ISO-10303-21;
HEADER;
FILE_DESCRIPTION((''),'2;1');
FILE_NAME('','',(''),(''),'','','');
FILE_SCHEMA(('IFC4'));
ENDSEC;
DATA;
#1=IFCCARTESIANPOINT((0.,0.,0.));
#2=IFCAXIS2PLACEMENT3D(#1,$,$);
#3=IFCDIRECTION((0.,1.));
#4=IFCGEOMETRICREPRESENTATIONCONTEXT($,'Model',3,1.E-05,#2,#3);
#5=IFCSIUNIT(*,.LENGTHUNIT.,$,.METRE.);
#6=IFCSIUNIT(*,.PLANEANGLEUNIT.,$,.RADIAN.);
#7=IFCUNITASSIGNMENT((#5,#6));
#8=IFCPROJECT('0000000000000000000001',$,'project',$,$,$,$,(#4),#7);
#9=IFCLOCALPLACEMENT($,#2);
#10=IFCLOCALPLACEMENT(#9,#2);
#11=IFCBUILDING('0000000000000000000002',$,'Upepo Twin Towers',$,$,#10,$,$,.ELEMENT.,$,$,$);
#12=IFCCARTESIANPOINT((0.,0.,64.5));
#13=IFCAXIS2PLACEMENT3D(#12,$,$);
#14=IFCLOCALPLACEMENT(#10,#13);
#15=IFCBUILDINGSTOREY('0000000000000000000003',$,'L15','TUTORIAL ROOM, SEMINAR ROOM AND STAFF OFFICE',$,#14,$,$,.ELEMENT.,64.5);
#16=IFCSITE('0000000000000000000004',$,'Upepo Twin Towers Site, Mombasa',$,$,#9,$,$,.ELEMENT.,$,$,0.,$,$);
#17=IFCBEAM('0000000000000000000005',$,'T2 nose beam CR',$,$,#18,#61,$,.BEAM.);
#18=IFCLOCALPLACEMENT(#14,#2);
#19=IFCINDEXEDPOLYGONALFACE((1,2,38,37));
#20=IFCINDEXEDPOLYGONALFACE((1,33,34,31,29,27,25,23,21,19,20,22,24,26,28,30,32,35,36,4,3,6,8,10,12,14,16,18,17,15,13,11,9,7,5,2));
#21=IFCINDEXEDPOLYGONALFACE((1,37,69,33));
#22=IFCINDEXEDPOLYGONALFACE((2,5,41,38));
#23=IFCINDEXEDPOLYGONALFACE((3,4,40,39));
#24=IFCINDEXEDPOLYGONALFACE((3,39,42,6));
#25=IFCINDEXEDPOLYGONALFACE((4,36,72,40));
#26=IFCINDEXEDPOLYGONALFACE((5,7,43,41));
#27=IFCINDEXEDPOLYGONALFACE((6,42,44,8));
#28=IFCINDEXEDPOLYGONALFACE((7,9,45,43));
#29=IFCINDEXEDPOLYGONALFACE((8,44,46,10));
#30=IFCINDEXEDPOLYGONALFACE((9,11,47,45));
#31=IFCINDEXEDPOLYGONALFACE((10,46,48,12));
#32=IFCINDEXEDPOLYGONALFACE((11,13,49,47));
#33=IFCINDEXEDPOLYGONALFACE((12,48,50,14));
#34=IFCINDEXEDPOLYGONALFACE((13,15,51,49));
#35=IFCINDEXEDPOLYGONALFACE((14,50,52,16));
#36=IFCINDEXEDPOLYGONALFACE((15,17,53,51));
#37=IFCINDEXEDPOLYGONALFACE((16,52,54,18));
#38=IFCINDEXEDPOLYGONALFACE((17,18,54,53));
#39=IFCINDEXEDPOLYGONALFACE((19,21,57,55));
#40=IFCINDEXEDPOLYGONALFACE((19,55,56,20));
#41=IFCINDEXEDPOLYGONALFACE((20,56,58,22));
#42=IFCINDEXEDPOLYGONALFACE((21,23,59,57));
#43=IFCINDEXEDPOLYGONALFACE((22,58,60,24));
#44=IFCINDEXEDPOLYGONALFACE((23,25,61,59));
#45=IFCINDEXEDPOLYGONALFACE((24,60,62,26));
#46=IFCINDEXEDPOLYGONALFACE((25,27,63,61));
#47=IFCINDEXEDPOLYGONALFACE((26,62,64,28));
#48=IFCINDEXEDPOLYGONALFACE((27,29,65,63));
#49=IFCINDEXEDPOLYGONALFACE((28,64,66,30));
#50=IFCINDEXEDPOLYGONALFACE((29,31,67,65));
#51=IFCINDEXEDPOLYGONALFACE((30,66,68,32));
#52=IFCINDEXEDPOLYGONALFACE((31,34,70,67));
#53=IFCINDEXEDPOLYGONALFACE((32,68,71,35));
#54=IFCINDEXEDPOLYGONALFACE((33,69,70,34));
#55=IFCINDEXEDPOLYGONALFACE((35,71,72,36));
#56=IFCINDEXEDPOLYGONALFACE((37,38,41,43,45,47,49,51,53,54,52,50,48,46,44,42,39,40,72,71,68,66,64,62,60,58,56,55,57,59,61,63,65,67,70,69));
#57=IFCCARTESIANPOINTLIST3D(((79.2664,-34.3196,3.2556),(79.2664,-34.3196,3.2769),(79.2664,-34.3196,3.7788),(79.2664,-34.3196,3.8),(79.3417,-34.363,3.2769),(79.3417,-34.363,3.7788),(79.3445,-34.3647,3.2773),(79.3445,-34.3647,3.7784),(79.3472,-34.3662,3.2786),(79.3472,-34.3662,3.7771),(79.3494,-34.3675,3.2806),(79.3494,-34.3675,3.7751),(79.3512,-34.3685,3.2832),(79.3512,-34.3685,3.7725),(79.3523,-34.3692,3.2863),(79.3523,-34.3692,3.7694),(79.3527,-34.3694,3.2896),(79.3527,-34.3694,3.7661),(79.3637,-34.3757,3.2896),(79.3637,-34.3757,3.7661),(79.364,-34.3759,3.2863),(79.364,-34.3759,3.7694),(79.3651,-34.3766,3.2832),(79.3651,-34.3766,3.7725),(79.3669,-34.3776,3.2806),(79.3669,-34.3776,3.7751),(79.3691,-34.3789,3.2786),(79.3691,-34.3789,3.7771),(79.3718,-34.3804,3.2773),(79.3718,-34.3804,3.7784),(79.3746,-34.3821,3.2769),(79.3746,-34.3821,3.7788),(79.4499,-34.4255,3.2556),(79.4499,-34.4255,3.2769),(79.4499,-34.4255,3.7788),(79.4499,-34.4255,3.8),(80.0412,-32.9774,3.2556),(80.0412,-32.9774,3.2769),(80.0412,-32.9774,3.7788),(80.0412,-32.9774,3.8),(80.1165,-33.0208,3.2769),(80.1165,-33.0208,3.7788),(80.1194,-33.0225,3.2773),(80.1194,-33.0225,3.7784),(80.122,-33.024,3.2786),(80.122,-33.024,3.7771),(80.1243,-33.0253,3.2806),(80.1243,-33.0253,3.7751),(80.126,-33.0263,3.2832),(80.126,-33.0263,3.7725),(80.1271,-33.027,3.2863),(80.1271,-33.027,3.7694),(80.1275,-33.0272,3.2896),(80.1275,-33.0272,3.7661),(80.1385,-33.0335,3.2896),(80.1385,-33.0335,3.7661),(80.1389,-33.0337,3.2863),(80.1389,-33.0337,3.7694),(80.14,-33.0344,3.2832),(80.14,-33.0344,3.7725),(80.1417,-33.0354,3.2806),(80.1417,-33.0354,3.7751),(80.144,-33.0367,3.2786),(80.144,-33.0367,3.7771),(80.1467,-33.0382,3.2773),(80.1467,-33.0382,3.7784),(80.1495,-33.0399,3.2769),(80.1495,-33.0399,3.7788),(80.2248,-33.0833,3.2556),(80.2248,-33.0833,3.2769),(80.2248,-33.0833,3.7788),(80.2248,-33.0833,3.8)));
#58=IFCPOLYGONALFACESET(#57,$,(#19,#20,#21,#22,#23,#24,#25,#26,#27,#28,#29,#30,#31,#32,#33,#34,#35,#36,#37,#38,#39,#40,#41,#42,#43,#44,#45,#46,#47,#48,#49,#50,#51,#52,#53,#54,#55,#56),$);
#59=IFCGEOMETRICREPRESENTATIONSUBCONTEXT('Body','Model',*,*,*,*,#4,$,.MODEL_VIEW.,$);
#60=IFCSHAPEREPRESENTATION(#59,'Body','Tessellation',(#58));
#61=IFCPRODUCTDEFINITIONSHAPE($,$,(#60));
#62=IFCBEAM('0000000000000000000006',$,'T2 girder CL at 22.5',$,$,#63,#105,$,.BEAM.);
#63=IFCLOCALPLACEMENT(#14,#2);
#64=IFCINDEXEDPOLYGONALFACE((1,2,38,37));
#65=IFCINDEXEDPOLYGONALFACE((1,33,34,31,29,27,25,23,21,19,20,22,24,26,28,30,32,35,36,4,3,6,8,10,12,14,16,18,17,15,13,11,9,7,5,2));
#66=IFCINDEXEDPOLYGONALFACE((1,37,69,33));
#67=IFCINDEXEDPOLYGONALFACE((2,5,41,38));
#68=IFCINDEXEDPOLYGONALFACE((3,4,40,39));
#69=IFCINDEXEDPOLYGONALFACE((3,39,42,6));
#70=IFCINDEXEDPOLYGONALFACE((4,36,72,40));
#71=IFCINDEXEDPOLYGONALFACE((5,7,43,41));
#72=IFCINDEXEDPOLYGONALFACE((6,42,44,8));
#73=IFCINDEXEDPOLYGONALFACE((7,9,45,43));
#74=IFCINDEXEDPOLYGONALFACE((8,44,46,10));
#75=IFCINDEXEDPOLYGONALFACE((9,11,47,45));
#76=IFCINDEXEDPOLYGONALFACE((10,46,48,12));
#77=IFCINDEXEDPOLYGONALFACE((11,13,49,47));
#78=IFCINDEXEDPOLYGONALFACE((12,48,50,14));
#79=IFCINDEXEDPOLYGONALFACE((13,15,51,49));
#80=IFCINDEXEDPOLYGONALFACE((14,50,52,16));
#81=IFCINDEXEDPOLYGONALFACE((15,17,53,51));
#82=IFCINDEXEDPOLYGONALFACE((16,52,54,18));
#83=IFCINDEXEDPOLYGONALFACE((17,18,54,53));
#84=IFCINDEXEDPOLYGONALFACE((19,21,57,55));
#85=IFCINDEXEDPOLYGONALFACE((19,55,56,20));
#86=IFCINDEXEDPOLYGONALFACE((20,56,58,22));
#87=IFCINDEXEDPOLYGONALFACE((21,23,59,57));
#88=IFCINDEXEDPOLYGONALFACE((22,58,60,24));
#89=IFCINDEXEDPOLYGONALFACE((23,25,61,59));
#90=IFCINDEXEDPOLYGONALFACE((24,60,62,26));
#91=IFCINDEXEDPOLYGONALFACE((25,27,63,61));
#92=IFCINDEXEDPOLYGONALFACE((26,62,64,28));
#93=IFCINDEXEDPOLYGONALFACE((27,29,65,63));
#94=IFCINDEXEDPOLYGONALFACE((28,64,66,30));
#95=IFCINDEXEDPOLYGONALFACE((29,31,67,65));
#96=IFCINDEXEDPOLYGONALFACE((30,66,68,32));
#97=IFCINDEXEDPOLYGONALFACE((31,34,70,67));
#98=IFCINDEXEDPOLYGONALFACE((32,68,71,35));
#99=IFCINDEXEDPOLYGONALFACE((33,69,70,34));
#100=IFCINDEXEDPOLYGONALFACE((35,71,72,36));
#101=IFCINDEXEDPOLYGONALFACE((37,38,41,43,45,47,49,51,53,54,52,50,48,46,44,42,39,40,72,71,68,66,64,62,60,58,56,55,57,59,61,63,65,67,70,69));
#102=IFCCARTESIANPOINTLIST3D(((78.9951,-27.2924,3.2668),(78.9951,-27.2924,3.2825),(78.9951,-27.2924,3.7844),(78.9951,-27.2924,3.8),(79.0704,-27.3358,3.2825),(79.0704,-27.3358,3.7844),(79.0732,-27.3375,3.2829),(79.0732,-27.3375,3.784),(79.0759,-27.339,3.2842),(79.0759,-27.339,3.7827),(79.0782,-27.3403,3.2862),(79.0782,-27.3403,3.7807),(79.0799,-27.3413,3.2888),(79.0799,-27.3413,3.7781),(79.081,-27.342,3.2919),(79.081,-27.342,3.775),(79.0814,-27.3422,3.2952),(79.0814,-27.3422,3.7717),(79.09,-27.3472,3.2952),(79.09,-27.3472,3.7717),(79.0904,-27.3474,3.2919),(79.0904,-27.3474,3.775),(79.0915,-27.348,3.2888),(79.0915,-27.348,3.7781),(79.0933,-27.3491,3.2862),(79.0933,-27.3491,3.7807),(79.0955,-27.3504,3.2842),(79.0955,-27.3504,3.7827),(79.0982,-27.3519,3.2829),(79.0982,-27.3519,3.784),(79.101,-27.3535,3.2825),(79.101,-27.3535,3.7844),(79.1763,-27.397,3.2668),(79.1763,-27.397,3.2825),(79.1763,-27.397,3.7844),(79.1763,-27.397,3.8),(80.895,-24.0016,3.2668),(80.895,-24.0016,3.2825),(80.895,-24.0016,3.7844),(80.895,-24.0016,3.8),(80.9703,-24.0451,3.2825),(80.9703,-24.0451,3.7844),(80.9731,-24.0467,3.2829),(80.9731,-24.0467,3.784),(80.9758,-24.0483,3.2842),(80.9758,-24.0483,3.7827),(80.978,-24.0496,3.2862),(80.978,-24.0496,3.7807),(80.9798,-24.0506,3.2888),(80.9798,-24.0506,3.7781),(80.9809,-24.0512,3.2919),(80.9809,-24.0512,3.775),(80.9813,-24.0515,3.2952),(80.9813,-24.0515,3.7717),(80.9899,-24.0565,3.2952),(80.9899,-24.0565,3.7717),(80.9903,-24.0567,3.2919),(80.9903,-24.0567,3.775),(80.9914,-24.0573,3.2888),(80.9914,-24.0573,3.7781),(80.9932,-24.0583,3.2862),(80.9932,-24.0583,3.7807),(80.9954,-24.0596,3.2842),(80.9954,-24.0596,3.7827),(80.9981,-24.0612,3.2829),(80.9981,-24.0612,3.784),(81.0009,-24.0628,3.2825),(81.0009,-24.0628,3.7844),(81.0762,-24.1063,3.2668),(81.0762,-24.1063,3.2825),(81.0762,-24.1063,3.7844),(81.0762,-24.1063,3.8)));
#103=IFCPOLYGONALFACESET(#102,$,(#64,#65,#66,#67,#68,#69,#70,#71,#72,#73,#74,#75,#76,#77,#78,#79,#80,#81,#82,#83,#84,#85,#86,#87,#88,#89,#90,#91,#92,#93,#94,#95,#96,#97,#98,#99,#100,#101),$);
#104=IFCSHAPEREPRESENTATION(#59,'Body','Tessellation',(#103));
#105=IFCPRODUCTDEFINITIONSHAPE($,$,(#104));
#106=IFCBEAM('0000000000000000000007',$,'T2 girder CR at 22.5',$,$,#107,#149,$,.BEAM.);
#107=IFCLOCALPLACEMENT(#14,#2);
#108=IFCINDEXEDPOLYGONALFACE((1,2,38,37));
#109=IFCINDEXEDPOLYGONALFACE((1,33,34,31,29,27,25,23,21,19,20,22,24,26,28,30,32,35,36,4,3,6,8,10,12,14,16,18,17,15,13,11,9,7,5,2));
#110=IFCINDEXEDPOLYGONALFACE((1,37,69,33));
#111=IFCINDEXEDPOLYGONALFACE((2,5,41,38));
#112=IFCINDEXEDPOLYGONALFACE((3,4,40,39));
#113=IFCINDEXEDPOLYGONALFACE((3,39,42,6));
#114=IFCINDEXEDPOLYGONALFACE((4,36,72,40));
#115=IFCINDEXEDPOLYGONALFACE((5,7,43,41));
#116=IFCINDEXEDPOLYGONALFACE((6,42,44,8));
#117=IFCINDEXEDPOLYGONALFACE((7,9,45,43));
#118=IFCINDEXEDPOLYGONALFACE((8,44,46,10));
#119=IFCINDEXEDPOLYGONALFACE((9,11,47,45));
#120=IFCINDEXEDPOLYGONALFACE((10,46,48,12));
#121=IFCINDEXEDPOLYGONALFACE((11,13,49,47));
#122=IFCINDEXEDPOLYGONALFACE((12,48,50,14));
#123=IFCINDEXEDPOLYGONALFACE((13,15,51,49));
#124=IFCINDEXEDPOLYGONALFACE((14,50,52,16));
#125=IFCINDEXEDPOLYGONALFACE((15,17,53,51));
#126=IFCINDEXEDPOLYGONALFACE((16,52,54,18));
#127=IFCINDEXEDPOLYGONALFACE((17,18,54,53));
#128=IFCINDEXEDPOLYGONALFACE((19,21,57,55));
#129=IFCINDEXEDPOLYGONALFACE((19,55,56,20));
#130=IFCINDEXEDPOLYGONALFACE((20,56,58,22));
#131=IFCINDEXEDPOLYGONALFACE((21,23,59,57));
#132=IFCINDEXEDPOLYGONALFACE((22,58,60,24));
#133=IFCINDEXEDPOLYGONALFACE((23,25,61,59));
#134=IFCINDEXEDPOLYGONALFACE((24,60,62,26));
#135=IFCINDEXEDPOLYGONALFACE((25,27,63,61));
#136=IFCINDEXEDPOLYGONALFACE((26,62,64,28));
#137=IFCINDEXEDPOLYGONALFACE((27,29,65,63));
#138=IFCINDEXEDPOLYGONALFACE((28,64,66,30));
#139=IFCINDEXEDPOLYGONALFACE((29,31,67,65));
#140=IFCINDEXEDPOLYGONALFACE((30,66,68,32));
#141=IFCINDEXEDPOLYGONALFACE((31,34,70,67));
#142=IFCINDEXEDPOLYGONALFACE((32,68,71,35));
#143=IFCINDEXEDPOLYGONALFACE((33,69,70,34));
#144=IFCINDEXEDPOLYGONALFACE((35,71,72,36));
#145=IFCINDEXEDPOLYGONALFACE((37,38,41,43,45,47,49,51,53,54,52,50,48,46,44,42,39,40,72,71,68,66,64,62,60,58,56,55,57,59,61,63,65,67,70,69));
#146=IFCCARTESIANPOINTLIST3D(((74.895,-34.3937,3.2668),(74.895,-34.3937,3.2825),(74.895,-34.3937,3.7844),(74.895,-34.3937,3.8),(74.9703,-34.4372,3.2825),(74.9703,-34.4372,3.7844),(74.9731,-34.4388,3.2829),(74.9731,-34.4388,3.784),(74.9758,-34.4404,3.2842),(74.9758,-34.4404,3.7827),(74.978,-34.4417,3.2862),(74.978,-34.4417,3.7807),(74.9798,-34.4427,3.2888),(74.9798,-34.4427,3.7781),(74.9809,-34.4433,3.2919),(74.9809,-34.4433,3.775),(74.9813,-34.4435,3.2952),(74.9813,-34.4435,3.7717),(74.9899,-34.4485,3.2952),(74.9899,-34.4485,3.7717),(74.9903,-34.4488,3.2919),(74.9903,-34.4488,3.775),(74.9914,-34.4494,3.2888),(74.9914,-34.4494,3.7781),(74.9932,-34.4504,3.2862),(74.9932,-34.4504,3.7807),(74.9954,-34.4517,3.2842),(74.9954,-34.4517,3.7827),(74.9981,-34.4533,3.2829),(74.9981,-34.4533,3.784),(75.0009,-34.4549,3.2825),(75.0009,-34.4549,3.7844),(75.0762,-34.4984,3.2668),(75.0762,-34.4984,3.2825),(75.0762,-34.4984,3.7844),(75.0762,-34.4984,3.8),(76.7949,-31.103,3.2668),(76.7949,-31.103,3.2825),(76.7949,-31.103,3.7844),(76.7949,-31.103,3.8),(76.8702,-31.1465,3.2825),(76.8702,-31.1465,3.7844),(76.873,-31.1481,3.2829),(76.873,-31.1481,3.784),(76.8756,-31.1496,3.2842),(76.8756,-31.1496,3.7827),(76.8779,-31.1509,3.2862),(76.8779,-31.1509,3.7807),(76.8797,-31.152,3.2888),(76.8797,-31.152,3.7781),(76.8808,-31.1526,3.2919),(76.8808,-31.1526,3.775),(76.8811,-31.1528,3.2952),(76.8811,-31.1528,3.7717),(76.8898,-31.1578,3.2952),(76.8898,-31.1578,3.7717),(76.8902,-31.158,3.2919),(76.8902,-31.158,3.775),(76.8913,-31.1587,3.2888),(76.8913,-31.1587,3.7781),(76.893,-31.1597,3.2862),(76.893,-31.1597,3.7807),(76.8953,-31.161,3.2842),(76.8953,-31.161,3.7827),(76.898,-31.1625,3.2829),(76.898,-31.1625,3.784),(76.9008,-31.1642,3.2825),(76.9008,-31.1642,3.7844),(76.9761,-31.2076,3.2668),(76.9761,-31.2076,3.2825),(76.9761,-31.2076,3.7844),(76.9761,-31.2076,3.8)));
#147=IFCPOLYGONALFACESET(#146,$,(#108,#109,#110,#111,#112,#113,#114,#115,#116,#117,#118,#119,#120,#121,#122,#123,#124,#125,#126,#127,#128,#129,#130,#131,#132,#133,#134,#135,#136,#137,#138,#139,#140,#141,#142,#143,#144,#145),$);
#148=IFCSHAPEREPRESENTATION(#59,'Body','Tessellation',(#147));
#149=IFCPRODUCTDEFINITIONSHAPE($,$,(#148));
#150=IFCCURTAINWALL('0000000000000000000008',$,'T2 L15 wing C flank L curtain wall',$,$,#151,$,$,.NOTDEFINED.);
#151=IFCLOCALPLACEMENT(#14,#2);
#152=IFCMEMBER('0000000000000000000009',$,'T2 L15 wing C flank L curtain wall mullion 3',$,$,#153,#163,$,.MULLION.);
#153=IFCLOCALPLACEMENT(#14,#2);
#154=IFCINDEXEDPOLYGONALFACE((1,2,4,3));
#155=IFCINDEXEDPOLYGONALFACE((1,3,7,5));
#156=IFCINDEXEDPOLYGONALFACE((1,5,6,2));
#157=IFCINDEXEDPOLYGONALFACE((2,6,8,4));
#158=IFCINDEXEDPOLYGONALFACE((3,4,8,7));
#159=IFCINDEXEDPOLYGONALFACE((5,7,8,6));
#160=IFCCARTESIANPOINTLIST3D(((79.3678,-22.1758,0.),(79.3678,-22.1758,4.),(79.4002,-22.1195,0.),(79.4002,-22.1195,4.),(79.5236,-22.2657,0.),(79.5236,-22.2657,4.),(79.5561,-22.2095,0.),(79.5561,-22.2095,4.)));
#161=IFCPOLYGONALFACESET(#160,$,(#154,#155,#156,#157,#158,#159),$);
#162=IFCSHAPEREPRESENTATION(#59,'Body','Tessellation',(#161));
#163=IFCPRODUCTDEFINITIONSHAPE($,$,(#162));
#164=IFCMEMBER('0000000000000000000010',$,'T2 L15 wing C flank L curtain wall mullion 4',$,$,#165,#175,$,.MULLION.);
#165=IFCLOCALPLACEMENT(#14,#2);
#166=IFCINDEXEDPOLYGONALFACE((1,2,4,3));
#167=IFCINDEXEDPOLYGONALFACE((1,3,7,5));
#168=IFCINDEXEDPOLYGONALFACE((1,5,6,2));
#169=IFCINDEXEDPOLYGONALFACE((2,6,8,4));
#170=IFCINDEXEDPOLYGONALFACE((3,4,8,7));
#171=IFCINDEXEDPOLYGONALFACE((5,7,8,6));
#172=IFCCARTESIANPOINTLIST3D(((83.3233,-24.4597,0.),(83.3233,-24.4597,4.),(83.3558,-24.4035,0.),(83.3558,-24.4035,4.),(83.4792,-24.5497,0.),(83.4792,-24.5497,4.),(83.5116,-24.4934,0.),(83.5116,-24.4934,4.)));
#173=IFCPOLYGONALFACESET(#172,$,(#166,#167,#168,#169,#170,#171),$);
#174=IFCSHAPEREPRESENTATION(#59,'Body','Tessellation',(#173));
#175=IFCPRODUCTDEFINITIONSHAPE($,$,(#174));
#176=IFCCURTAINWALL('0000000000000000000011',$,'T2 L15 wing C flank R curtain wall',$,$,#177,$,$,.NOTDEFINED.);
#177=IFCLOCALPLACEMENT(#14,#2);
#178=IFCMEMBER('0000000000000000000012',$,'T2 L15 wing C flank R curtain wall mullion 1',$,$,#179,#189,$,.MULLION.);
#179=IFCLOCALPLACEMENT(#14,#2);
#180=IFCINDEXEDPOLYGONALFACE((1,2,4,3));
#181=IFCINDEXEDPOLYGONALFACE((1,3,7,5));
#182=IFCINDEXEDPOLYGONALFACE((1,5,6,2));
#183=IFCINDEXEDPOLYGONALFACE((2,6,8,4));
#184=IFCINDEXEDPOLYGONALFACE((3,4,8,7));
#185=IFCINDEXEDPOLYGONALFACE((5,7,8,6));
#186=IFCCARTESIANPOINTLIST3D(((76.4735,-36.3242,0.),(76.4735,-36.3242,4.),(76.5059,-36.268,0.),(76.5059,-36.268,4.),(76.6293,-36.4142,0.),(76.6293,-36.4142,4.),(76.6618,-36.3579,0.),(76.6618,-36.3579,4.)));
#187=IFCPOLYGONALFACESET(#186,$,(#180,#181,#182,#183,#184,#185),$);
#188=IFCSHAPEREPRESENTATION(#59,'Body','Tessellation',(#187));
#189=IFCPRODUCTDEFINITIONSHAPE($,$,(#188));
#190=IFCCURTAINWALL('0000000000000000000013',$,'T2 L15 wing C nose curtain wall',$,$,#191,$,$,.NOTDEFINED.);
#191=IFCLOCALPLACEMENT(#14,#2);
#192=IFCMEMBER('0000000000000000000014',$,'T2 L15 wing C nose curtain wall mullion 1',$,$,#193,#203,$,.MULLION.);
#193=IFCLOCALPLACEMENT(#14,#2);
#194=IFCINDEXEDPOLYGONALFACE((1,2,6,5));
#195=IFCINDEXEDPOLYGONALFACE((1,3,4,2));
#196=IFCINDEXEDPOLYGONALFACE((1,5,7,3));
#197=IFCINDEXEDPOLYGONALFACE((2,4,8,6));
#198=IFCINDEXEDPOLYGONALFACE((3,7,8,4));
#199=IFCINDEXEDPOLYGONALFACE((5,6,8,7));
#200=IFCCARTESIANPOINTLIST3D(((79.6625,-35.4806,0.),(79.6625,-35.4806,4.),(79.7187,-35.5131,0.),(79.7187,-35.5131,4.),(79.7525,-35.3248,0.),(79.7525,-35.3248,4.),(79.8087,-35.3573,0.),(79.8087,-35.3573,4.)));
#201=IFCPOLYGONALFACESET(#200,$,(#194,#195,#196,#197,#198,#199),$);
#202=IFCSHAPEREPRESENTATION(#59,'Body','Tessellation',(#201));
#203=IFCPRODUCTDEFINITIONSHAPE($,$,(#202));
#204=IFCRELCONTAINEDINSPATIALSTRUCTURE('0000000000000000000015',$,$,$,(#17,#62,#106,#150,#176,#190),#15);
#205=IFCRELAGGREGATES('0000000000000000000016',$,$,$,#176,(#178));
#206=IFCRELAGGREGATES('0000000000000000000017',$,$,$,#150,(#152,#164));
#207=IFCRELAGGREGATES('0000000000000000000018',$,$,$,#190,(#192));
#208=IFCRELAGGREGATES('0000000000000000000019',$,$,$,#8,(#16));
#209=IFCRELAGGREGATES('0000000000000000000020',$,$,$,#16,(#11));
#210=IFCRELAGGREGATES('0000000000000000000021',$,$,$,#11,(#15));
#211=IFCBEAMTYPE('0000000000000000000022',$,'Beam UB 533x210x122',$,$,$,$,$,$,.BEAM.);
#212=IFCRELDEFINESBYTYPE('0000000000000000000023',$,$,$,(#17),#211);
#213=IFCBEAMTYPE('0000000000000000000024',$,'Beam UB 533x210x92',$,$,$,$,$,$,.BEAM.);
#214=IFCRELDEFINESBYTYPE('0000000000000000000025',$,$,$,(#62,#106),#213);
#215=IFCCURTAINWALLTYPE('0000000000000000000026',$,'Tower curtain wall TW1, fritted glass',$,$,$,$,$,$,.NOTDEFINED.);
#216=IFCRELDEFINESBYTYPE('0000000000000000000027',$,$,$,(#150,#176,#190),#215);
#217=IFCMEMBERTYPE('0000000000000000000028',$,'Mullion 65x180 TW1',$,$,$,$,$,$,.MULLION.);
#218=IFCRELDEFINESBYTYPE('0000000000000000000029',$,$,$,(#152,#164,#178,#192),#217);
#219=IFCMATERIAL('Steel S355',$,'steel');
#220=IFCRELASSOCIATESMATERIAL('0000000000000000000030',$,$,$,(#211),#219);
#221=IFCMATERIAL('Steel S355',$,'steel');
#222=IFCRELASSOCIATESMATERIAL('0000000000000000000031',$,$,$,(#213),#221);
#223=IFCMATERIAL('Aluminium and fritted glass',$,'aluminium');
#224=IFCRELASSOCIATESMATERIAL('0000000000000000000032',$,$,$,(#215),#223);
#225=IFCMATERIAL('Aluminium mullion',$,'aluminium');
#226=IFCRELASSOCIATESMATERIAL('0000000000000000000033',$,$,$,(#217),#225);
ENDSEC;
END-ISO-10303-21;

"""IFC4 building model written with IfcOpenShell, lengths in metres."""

from ifc_helpers import new_model, si_unit, direction, frame, origin, origin_2d, place, context, subcontext, project, spatial, rectangle, i_section, extrude, material, material_profile, profile_set, type_object, element, aggregate, save


model = new_model("IFC4")

# Units and contexts
model_context = context("Model", 3, precision=1e-05, world=origin(), true_north=direction((0.0, 1.0)))
body_context = subcontext(model_context, "Body", "Model", "MODEL_VIEW")
ifc_project = project(units=[si_unit("LENGTHUNIT", "METRE"), si_unit("PLANEANGLEUNIT", "RADIAN")], contexts=[model_context])

# Site, building, storey
site_placement = place(None, origin())
site = spatial("IfcSite", under=ifc_project, at=site_placement, Name="Upepo Twin Towers Site, Mombasa", CompositionType="ELEMENT", RefElevation=0.0)
building_placement = place(site_placement, origin())
building = spatial("IfcBuilding", under=site, at=building_placement, Name="Upepo Twin Towers", CompositionType="ELEMENT")
storey_placement = place(building_placement, frame((0.0, 0.0, 64.5)))
storey = spatial("IfcBuildingStorey", under=building, at=storey_placement, Name="L15", Description="TUTORIAL ROOM, SEMINAR ROOM AND STAFF OFFICE", CompositionType="ELEMENT", Elevation=64.5)

# Beams
ifc_material_1 = material(Name="Steel S355", Category="steel")
ifc_material_profile_1 = material_profile(ifc_material_1, i_section(OverallWidth=0.2119, OverallDepth=0.5444, WebThickness=0.0127, FlangeThickness=0.0212, FilletRadius=0.0127, at=origin_2d()), Name="UB 533x210x122")
ifc_profile_set_1 = profile_set([ifc_material_profile_1], Name="Steel S355")
beam_type_1 = type_object("IfcBeamType", Name="Beam UB 533x210x122", PredefinedType="BEAM", material=ifc_profile_set_1)
for number, where, z_axis, x_axis, name in (
    (1, (79.3582, -34.3726, 3.5278), (0.499968, 0.866044, 0.0), (-0.866044, 0.499968, 0.0), "T2 nose beam CR"),
):
    element("IfcBeam", number, at=place(storey_placement, frame(where, z_axis=z_axis, x_axis=x_axis)), inside=storey, type_object=beam_type_1, Name=name, PredefinedType="BEAM", context=body_context, shape_type="SweptSolid", body=[
        extrude(i_section(OverallWidth=0.2119, OverallDepth=0.5444, WebThickness=0.0127, FlangeThickness=0.0212, FilletRadius=0.0127, at=origin_2d()), origin(), (0.0, 0.0, 1.0), 1.5498),
    ])
ifc_material_2 = material(Name="Steel S355", Category="steel")
ifc_material_profile_2 = material_profile(ifc_material_2, i_section(OverallWidth=0.2092, OverallDepth=0.5332, WebThickness=0.01, FlangeThickness=0.0156, FilletRadius=0.0127, at=origin_2d()), Name="UB 533x210x92")
ifc_profile_set_2 = profile_set([ifc_material_profile_2], Name="Steel S355")
beam_type_2 = type_object("IfcBeamType", Name="Beam UB 533x210x92", PredefinedType="BEAM", material=ifc_profile_set_2)
for number, where, z_axis, x_axis, name in (
    (2, (80.9856, -24.054, 3.5334), (-0.499995, -0.866028, 0.0), (0.866028, -0.499995, 0.0), "T2 girder CL at 22.5"),
    (3, (74.9856, -34.446, 3.5334), (0.499995, 0.866028, 0.0), (-0.866028, 0.499995, 0.0), "T2 girder CR at 22.5"),
):
    element("IfcBeam", number, at=place(storey_placement, frame(where, z_axis=z_axis, x_axis=x_axis)), inside=storey, type_object=beam_type_2, Name=name, PredefinedType="BEAM", context=body_context, shape_type="SweptSolid", body=[
        extrude(i_section(OverallWidth=0.2092, OverallDepth=0.5332, WebThickness=0.01, FlangeThickness=0.0156, FilletRadius=0.0127, at=origin_2d()), origin(), (0.0, 0.0, 1.0), 3.7998),
    ])

# Curtain wall, members
ifc_material_3 = material(Name="Aluminium and fritted glass", Category="aluminium")
curtain_wall_type = type_object("IfcCurtainWallType", Name="Tower curtain wall TW1, fritted glass", PredefinedType="NOTDEFINED", material=ifc_material_3)
curtain_wall_1_placement = place(storey_placement, origin())
curtain_wall_1 = element("IfcCurtainWall", 4, at=curtain_wall_1_placement, inside=storey, type_object=curtain_wall_type, Name="T2 L15 wing C flank L curtain wall", PredefinedType="NOTDEFINED")
ifc_material_4 = material(Name="Aluminium mullion", Category="aluminium")
ifc_material_profile_3 = material_profile(ifc_material_4, rectangle(XDim=0.0649, YDim=0.1799, at=origin_2d()), Name="MULLION 65x180")
ifc_profile_set_3 = profile_set([ifc_material_profile_3], Name="Aluminium mullion")
member_type_1 = type_object("IfcMemberType", Name="Mullion 65x180 TW1", PredefinedType="MULLION", material=ifc_profile_set_3)
member_1_placement = place(storey_placement, frame((79.4619, -22.1926, 0.0), z_axis=(0.0, 0.0, 1.0), x_axis=(0.5, 0.866025, 0.0)))
member_1 = element("IfcMember", 5, at=member_1_placement, type_object=member_type_1, Name="T2 L15 wing C flank L curtain wall mullion 3", PredefinedType="MULLION", context=body_context, shape_type="SweptSolid", body=[
    extrude(rectangle(XDim=0.0649, YDim=0.1799, at=origin_2d()), origin(), (0.0, 0.0, 1.0), 4.0),
])
member_2_placement = place(storey_placement, frame((83.4175, -24.4766, 0.0), z_axis=(0.0, 0.0, 1.0), x_axis=(0.5, 0.866025, 0.0)))
member_2 = element("IfcMember", 6, at=member_2_placement, type_object=member_type_1, Name="T2 L15 wing C flank L curtain wall mullion 4", PredefinedType="MULLION", context=body_context, shape_type="SweptSolid", body=[
    extrude(rectangle(XDim=0.0649, YDim=0.1799, at=origin_2d()), origin(), (0.0, 0.0, 1.0), 4.0),
])

# Curtain wall, member
curtain_wall_2_placement = place(storey_placement, origin())
curtain_wall_2 = element("IfcCurtainWall", 7, at=curtain_wall_2_placement, inside=storey, type_object=curtain_wall_type, Name="T2 L15 wing C flank R curtain wall", PredefinedType="NOTDEFINED")
member_3_placement = place(storey_placement, frame((76.5676, -36.3411, 0.0), z_axis=(0.0, 0.0, 1.0), x_axis=(-0.5, -0.866025, 0.0)))
member_3 = element("IfcMember", 8, at=member_3_placement, type_object=member_type_1, Name="T2 L15 wing C flank R curtain wall mullion 1", PredefinedType="MULLION", context=body_context, shape_type="SweptSolid", body=[
    extrude(rectangle(XDim=0.0649, YDim=0.1799, at=origin_2d()), origin(), (0.0, 0.0, 1.0), 4.0),
])

# Curtain wall, member
curtain_wall_3_placement = place(storey_placement, origin())
curtain_wall_3 = element("IfcCurtainWall", 9, at=curtain_wall_3_placement, inside=storey, type_object=curtain_wall_type, Name="T2 L15 wing C nose curtain wall", PredefinedType="NOTDEFINED")
member_4_placement = place(storey_placement, frame((79.7356, -35.4189, 0.0), z_axis=(0.0, 0.0, 1.0), x_axis=(-0.866025, 0.5, 0.0)))
member_4 = element("IfcMember", 10, at=member_4_placement, type_object=member_type_1, Name="T2 L15 wing C nose curtain wall mullion 1", PredefinedType="MULLION", context=body_context, shape_type="SweptSolid", body=[
    extrude(rectangle(XDim=0.0649, YDim=0.1799, at=origin_2d()), origin(), (0.0, 0.0, 1.0), 4.0),
])

aggregate(curtain_wall_2, [member_3])

aggregate(curtain_wall_1, [member_1, member_2])
aggregate(curtain_wall_3, [member_4])

save(model, "model.ifc")
